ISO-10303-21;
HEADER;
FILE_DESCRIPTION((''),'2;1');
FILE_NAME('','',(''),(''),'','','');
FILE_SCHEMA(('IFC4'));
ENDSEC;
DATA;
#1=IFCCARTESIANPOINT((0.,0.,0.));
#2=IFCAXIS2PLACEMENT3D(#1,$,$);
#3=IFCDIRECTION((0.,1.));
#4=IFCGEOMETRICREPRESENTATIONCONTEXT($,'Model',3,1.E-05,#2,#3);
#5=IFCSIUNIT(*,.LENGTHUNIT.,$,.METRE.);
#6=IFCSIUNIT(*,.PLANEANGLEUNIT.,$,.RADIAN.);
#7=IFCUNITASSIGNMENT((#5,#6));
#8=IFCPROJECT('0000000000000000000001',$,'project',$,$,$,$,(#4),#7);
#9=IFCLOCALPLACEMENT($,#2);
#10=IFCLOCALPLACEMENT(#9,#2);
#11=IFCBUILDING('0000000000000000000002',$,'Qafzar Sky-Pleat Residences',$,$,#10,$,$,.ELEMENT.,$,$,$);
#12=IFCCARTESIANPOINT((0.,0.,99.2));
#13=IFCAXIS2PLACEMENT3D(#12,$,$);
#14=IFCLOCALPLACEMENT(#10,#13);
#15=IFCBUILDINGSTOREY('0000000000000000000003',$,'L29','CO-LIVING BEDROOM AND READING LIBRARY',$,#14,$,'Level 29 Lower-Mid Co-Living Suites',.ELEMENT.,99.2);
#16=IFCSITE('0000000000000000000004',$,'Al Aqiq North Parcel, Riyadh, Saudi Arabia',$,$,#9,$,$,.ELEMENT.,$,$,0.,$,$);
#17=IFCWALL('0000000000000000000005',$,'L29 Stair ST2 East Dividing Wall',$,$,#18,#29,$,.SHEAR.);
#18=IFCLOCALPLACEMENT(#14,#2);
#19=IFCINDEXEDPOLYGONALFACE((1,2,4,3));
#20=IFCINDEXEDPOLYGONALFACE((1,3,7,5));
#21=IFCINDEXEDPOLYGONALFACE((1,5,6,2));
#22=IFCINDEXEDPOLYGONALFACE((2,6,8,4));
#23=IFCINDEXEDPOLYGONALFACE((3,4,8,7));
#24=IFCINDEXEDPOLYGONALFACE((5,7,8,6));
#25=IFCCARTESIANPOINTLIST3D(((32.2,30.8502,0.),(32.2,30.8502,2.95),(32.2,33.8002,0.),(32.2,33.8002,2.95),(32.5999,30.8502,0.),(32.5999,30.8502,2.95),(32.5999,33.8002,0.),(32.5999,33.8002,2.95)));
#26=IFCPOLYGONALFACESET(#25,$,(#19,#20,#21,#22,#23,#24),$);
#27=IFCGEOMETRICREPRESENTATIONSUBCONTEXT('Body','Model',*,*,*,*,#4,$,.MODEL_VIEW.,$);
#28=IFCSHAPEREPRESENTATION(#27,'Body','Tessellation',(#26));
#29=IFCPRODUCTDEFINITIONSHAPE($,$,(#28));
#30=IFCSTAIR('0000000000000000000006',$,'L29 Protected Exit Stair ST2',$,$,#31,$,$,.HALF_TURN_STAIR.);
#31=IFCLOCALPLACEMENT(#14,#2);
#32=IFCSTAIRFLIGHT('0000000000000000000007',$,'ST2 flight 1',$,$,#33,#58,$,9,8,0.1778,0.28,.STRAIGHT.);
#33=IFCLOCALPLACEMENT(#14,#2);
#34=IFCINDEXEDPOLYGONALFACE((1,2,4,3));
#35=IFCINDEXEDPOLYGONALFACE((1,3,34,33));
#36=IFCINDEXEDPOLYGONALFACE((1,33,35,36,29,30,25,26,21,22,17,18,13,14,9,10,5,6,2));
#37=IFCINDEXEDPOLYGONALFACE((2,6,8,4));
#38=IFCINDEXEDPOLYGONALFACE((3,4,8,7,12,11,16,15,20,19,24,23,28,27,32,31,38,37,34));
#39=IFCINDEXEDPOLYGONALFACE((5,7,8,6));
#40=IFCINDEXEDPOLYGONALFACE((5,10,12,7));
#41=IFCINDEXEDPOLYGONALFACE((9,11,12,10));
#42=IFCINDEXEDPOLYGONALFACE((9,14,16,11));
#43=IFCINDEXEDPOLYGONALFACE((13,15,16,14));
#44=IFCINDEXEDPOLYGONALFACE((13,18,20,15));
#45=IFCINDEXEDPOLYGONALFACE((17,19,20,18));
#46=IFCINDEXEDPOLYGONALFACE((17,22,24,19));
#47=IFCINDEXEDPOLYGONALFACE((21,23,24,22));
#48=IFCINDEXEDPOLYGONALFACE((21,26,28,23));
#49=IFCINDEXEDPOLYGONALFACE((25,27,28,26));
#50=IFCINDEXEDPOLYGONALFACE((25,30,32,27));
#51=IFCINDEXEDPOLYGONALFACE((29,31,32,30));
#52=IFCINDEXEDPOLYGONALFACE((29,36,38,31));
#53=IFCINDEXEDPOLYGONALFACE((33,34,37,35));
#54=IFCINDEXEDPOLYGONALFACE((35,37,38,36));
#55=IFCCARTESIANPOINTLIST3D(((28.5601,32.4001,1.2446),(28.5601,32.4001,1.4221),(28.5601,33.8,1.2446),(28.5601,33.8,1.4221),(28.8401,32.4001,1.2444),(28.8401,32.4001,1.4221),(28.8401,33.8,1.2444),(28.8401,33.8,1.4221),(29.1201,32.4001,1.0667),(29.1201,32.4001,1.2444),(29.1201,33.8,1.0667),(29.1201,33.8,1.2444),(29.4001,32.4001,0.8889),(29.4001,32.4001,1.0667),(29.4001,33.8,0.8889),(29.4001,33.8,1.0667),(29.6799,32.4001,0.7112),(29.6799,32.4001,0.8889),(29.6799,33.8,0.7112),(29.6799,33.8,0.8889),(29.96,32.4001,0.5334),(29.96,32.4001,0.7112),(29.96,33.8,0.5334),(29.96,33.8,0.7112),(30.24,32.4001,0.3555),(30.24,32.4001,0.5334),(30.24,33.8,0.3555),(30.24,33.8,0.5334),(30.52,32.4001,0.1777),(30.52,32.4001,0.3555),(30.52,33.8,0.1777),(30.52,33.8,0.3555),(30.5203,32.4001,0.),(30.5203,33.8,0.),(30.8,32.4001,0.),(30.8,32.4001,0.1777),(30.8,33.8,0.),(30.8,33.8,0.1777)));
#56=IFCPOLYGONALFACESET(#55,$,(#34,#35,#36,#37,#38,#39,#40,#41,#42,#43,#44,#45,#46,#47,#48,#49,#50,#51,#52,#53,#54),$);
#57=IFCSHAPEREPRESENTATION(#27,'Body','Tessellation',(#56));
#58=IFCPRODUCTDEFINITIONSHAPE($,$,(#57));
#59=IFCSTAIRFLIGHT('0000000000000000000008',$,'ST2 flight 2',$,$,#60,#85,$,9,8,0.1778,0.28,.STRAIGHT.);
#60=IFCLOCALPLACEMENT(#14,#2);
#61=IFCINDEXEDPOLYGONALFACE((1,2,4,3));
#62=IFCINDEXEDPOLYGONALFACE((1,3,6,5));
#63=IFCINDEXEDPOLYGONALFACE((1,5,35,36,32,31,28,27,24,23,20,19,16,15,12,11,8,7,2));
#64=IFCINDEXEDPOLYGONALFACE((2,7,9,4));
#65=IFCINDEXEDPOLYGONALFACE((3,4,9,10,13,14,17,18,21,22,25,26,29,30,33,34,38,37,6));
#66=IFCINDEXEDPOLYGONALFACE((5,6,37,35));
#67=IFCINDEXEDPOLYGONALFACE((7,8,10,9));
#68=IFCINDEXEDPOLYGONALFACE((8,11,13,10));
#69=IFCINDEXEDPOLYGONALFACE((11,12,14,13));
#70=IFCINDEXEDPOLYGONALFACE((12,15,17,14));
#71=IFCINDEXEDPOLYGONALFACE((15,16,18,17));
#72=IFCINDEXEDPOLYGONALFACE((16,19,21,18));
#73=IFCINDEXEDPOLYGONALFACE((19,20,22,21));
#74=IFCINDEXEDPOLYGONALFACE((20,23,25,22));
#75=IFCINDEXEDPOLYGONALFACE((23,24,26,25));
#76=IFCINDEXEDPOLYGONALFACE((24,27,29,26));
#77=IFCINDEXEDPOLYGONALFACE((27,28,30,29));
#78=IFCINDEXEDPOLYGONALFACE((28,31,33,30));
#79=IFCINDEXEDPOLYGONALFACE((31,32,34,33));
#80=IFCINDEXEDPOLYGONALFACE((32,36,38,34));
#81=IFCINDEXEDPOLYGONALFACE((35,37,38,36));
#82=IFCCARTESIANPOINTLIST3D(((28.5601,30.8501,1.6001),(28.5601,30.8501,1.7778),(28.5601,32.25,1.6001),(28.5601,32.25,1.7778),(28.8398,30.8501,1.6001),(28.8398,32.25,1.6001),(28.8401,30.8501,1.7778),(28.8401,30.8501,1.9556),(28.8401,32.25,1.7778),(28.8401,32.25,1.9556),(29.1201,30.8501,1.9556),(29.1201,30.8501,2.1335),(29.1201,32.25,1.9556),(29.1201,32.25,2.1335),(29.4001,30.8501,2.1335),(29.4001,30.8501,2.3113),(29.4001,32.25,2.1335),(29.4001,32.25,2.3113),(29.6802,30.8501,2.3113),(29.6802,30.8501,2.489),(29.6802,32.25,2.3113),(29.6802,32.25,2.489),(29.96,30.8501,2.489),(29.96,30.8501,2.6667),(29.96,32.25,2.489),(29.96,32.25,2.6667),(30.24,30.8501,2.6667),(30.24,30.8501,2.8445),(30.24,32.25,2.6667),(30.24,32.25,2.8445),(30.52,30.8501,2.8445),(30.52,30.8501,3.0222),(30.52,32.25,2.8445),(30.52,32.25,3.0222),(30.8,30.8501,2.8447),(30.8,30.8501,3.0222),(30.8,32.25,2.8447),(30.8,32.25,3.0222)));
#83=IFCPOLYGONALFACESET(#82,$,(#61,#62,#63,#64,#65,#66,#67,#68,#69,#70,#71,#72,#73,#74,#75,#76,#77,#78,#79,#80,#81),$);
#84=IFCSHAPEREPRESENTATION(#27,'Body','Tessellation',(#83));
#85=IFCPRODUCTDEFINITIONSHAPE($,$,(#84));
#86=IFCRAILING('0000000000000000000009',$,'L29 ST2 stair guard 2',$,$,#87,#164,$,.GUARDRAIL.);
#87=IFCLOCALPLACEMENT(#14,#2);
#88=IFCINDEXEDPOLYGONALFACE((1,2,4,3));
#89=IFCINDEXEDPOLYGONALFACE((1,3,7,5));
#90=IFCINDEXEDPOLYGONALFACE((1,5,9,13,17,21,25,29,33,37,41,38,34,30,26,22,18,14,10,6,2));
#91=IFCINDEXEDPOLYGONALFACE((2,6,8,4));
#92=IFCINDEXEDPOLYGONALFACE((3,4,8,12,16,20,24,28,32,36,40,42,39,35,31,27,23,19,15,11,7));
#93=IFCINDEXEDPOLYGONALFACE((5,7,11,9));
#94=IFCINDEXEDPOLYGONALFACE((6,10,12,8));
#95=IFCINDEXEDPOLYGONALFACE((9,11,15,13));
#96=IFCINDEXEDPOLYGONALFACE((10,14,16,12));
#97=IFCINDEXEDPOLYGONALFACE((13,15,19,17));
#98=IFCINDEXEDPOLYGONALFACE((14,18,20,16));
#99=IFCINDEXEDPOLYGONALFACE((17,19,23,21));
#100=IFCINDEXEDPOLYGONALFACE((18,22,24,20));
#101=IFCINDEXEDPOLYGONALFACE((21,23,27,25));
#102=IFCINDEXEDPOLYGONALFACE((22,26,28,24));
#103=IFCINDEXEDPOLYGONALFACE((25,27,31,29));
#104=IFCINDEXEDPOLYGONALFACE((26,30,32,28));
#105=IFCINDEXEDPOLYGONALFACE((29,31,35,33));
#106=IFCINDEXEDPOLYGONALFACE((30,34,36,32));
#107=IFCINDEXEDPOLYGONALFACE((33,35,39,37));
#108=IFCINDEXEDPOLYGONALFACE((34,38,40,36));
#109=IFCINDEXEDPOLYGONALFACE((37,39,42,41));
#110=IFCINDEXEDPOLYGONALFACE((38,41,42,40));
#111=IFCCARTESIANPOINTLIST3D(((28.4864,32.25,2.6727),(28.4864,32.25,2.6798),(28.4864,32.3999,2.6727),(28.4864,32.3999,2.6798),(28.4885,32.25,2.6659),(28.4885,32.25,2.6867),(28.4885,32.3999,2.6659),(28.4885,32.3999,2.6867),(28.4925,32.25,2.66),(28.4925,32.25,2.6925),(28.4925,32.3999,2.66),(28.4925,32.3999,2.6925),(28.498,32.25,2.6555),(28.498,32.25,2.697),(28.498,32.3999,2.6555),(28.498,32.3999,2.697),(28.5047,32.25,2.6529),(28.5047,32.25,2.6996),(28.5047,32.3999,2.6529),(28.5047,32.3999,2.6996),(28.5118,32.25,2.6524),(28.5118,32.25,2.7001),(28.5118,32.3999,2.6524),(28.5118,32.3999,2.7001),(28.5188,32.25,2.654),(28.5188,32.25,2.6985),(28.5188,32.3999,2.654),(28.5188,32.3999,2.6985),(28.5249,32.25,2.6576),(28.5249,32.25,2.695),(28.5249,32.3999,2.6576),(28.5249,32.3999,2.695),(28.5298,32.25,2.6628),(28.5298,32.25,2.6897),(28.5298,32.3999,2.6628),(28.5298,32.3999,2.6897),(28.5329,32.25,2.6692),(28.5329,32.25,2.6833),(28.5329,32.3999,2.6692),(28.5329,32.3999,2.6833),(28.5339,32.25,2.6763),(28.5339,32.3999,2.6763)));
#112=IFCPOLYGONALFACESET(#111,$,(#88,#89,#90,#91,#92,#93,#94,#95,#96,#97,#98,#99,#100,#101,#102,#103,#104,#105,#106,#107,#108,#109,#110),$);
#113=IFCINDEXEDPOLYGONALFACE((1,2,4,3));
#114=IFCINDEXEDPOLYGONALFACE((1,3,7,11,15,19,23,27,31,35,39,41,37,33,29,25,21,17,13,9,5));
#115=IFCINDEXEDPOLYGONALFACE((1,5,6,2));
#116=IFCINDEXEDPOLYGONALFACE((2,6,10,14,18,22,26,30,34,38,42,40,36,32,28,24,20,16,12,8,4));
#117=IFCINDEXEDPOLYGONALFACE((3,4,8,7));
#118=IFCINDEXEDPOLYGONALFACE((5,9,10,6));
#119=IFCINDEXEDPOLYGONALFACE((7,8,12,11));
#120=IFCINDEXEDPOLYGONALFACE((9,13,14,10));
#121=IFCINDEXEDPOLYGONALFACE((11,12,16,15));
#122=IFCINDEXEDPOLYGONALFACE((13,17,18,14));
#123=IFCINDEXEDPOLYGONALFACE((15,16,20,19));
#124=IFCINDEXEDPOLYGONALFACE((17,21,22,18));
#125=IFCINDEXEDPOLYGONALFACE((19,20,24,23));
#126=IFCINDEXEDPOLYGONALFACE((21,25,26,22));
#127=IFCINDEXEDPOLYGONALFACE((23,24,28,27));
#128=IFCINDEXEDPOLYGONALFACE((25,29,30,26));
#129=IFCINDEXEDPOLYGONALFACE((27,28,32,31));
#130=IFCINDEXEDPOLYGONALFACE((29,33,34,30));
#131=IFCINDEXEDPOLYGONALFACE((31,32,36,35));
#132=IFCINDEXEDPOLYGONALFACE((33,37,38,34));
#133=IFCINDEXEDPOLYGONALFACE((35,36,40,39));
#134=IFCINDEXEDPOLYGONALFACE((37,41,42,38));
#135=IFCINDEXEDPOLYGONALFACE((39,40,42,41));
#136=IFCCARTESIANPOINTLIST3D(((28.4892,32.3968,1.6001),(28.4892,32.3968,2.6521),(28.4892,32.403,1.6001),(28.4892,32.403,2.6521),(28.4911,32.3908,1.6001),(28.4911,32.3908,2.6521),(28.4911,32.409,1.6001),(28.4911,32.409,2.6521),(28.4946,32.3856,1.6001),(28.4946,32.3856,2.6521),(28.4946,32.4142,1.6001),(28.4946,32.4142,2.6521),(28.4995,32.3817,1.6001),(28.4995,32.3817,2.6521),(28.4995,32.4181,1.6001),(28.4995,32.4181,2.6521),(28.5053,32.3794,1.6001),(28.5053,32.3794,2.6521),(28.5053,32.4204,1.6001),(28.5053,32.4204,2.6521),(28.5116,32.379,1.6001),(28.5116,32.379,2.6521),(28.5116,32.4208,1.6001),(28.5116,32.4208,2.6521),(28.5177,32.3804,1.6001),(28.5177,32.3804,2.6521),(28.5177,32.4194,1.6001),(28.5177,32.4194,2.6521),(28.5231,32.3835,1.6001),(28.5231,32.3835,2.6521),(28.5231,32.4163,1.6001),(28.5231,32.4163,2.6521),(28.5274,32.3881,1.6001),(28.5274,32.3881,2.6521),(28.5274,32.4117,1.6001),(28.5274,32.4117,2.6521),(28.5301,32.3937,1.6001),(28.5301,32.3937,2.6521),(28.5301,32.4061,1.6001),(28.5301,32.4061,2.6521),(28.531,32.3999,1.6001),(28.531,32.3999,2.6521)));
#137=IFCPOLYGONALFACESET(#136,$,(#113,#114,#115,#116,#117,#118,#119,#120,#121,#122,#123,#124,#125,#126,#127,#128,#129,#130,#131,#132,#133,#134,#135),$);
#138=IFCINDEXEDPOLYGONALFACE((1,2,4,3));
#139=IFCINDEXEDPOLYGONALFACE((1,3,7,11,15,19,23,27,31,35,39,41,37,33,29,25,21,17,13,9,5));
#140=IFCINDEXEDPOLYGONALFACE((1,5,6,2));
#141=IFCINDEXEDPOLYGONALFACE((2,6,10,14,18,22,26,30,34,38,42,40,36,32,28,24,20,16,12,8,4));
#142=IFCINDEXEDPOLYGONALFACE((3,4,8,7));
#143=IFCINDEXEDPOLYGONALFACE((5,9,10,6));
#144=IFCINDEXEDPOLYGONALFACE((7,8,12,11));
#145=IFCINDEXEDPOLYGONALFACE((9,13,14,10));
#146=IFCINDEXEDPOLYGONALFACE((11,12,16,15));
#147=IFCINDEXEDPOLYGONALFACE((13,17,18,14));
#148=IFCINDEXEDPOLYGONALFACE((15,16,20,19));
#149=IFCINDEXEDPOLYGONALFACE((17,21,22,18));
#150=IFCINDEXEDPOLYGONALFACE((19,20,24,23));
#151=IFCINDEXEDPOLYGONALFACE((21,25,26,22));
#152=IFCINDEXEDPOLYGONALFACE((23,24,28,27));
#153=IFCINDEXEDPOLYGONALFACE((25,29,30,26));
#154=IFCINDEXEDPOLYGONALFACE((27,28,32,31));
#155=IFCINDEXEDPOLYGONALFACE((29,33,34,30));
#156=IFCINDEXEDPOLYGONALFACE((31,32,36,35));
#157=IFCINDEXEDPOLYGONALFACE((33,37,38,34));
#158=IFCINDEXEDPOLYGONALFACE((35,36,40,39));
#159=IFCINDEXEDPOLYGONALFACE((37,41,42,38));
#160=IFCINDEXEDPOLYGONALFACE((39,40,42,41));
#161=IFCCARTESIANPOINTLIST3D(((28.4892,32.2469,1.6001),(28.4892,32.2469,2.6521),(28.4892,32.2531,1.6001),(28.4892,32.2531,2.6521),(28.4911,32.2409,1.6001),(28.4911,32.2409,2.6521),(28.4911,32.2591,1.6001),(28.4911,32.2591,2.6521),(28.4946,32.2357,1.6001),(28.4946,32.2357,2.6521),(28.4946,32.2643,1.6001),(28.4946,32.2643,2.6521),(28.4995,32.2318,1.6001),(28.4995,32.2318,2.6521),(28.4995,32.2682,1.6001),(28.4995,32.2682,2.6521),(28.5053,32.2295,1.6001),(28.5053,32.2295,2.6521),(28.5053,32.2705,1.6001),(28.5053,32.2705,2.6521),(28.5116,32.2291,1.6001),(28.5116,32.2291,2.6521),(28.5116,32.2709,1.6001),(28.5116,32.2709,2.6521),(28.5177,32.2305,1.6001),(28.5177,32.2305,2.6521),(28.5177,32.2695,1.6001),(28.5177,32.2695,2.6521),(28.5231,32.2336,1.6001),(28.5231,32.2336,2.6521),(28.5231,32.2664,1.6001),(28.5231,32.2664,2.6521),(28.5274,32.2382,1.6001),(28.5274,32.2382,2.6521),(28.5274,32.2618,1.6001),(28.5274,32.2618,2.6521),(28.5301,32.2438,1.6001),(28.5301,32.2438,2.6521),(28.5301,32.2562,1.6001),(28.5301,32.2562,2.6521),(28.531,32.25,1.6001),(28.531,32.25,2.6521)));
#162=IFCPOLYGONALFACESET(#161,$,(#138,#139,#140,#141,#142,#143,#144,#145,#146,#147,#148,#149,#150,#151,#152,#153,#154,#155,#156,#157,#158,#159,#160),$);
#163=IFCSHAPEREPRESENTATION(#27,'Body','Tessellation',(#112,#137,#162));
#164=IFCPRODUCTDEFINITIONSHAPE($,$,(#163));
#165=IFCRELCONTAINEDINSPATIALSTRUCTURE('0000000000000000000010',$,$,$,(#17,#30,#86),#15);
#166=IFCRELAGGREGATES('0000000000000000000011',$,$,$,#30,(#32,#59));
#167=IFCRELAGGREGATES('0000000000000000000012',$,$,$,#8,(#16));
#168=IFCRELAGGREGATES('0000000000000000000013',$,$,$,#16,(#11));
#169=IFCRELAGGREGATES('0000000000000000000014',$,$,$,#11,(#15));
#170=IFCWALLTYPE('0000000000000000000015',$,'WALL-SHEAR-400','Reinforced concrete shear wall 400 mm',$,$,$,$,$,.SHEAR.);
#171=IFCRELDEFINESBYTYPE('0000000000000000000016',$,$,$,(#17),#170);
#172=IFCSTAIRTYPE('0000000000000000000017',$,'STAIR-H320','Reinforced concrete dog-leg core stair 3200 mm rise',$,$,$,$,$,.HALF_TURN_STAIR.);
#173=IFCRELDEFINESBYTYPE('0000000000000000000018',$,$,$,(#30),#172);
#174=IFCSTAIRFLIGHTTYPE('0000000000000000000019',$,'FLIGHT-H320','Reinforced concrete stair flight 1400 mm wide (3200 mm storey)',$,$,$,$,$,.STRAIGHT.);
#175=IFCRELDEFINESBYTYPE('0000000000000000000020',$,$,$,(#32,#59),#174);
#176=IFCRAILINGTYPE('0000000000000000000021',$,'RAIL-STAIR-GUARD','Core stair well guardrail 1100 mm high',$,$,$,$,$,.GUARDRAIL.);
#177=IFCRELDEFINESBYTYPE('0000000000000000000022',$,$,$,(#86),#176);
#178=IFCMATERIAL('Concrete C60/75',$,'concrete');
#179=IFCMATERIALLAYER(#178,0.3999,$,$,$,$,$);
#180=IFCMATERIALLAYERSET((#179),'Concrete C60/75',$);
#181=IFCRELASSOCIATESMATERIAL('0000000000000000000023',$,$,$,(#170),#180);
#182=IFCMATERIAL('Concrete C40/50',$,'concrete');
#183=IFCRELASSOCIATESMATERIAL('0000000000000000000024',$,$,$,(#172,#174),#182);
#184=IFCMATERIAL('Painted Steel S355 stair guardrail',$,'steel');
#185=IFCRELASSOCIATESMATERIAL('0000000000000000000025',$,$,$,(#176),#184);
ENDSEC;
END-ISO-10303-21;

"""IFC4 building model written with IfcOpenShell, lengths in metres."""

from ifc_helpers import new_model, si_unit, direction, frame, frame_2d, origin, origin_2d, place, context, subcontext, project, spatial, polyline, rectangle, circle, outline, extrude, source, transform, mapped, material, layer, layer_set, type_object, element, aggregate, save


model = new_model("IFC4")

# Units and contexts
model_context = context("Model", 3, precision=1e-05, world=origin(), true_north=direction((0.0, 1.0)))
body_context = subcontext(model_context, "Body", "Model", "MODEL_VIEW")
ifc_project = project(units=[si_unit("LENGTHUNIT", "METRE"), si_unit("PLANEANGLEUNIT", "RADIAN")], contexts=[model_context])

# Site, building, storey
site_placement = place(None, origin())
site = spatial("IfcSite", under=ifc_project, at=site_placement, Name="Al Aqiq North Parcel, Riyadh, Saudi Arabia", CompositionType="ELEMENT", RefElevation=0.0)
building_placement = place(site_placement, origin())
building = spatial("IfcBuilding", under=site, at=building_placement, Name="Qafzar Sky-Pleat Residences", CompositionType="ELEMENT")
storey_placement = place(building_placement, frame((0.0, 0.0, 99.2)))
storey = spatial("IfcBuildingStorey", under=building, at=storey_placement, Name="L29", Description="CO-LIVING BEDROOM AND READING LIBRARY", LongName="Level 29 Lower-Mid Co-Living Suites", CompositionType="ELEMENT", Elevation=99.2)

# Wall
ifc_material_1 = material(Name="Concrete C60/75", Category="concrete")
ifc_layer_1 = layer(ifc_material_1, 0.3999)
ifc_layer_set_1 = layer_set([ifc_layer_1], Name="Concrete C60/75")
wall_type_1 = type_object("IfcWallType", Name="WALL-SHEAR-400", Description="Reinforced concrete shear wall 400 mm", PredefinedType="SHEAR", material=ifc_layer_set_1)
wall_1_placement = place(storey_placement, frame((32.3999, 30.8501, 0.0), z_axis=(0.0, 0.0, 1.0), x_axis=(0.0, 1.0, 0.0)))
element("IfcWall", 1, at=wall_1_placement, inside=storey, type_object=wall_type_1, Name="L29 Stair ST2 East Dividing Wall", PredefinedType="SHEAR", context=body_context, shape_type="SweptSolid", body=[
    extrude(rectangle(XDim=2.95, YDim=0.3999, at=frame_2d((1.4751, 0.0))), origin(), (0.0, 0.0, 1.0), 2.95),
])

# Stair, stair flights
ifc_material_2 = material(Name="Concrete C40/50", Category="concrete")
stair_type = type_object("IfcStairType", Name="STAIR-H320", Description="Reinforced concrete dog-leg core stair 3200 mm rise", PredefinedType="HALF_TURN_STAIR", material=ifc_material_2)
stair_placement = place(storey_placement, origin())
stair = element("IfcStair", 2, at=stair_placement, inside=storey, type_object=stair_type, Name="L29 Protected Exit Stair ST2", PredefinedType="HALF_TURN_STAIR")
stair_flight_type = type_object("IfcStairFlightType", Name="FLIGHT-H320", Description="Reinforced concrete stair flight 1400 mm wide (3200 mm storey)", PredefinedType="STRAIGHT", material=ifc_material_2)
shared_shape_1 = source(origin(), body_context, "Body", "SweptSolid", [
    extrude(outline(polyline([(0.0, 0.0), (0.0, 0.1777), (0.28, 0.1777), (0.28, 0.3555), (0.5601, 0.3555), (0.5601, 0.5334), (0.8401, 0.5334), (0.8401, 0.7112), (1.1201, 0.7112), (1.1201, 0.8889), (1.3999, 0.8889), (1.3999, 1.0667), (1.6799, 1.0667), (1.6799, 1.2444), (1.96, 1.2444), (1.96, 1.4221), (2.24, 1.4221), (2.24, 1.6001), (2.24, 1.2446), (0.2798, 0.0), (0.0, 0.0)])), frame((0.0, 0.7, 0.0), z_axis=(0.0, -1.0, 0.0), x_axis=(1.0, 0.0, 0.0)), (0.0, 0.0, 1.0), 1.3999),
])
stair_flight_1_placement = place(storey_placement, frame((30.8, 33.1001, 0.0), z_axis=(0.0, 0.0, 1.0), x_axis=(-1.0, 0.0, 0.0)))
stair_flight_1 = element("IfcStairFlight", 3, at=stair_flight_1_placement, type_object=stair_flight_type, Name="ST2 flight 1", NumberOfRisers=9, NumberOfTreads=8, PredefinedType="STRAIGHT", RiserHeight=0.1778, TreadLength=0.28, context=body_context, shape_type="MappedRepresentation", body=[
    mapped(shared_shape_1, transform((0.0, 0.0, 0.0), x_axis=(1.0, 0.0, 0.0), y_axis=(0.0, 1.0, 0.0), z_axis=(0.0, 0.0, 1.0), scale=1.0)),
])
stair_flight_2_placement = place(storey_placement, frame((28.5601, 31.55, 1.6001), z_axis=(0.0, 0.0, 1.0), x_axis=(1.0, 0.0, 0.0)))
stair_flight_2 = element("IfcStairFlight", 4, at=stair_flight_2_placement, type_object=stair_flight_type, Name="ST2 flight 2", NumberOfRisers=9, NumberOfTreads=8, PredefinedType="STRAIGHT", RiserHeight=0.1778, TreadLength=0.28, context=body_context, shape_type="MappedRepresentation", body=[
    mapped(shared_shape_1, transform((0.0, 0.0, 0.0), x_axis=(1.0, 0.0, 0.0), y_axis=(0.0, 1.0, 0.0), z_axis=(0.0, 0.0, 1.0), scale=1.0)),
])
aggregate(stair, [stair_flight_1, stair_flight_2])

# Railing
ifc_material_3 = material(Name="Painted Steel S355 stair guardrail", Category="steel")
railing_type_1 = type_object("IfcRailingType", Name="RAIL-STAIR-GUARD", Description="Core stair well guardrail 1100 mm high", PredefinedType="GUARDRAIL", material=ifc_material_3)
shared_shape_2 = source(origin(), body_context, "Body", "SweptSolid", [
    extrude(circle(Radius=0.0239, at=origin_2d()), frame((0.0, 0.0, 1.0762), z_axis=(0.0, -1.0, 0.0), x_axis=(1.0, 0.0, 0.0)), (0.0, 0.0, 1.0), 0.1499),
    extrude(circle(Radius=0.021, at=origin_2d()), origin(), (0.0, 0.0, 1.0), 1.052),
    extrude(circle(Radius=0.021, at=origin_2d()), frame((0.0, -0.1499, 0.0)), (0.0, 0.0, 1.0), 1.052),
])
for number, where, name in (
    (5, (28.51, 32.3999, 1.6001), "L29 ST2 stair guard 2"),
):
    element("IfcRailing", number, at=place(storey_placement, frame(where)), inside=storey, type_object=railing_type_1, Name=name, PredefinedType="GUARDRAIL", context=body_context, shape_type="MappedRepresentation", body=[
        mapped(shared_shape_2, transform((0.0, 0.0, 0.0), x_axis=(1.0, 0.0, 0.0), y_axis=(0.0, 1.0, 0.0), z_axis=(0.0, 0.0, 1.0), scale=1.0)),
    ])

save(model, "model.ifc")
